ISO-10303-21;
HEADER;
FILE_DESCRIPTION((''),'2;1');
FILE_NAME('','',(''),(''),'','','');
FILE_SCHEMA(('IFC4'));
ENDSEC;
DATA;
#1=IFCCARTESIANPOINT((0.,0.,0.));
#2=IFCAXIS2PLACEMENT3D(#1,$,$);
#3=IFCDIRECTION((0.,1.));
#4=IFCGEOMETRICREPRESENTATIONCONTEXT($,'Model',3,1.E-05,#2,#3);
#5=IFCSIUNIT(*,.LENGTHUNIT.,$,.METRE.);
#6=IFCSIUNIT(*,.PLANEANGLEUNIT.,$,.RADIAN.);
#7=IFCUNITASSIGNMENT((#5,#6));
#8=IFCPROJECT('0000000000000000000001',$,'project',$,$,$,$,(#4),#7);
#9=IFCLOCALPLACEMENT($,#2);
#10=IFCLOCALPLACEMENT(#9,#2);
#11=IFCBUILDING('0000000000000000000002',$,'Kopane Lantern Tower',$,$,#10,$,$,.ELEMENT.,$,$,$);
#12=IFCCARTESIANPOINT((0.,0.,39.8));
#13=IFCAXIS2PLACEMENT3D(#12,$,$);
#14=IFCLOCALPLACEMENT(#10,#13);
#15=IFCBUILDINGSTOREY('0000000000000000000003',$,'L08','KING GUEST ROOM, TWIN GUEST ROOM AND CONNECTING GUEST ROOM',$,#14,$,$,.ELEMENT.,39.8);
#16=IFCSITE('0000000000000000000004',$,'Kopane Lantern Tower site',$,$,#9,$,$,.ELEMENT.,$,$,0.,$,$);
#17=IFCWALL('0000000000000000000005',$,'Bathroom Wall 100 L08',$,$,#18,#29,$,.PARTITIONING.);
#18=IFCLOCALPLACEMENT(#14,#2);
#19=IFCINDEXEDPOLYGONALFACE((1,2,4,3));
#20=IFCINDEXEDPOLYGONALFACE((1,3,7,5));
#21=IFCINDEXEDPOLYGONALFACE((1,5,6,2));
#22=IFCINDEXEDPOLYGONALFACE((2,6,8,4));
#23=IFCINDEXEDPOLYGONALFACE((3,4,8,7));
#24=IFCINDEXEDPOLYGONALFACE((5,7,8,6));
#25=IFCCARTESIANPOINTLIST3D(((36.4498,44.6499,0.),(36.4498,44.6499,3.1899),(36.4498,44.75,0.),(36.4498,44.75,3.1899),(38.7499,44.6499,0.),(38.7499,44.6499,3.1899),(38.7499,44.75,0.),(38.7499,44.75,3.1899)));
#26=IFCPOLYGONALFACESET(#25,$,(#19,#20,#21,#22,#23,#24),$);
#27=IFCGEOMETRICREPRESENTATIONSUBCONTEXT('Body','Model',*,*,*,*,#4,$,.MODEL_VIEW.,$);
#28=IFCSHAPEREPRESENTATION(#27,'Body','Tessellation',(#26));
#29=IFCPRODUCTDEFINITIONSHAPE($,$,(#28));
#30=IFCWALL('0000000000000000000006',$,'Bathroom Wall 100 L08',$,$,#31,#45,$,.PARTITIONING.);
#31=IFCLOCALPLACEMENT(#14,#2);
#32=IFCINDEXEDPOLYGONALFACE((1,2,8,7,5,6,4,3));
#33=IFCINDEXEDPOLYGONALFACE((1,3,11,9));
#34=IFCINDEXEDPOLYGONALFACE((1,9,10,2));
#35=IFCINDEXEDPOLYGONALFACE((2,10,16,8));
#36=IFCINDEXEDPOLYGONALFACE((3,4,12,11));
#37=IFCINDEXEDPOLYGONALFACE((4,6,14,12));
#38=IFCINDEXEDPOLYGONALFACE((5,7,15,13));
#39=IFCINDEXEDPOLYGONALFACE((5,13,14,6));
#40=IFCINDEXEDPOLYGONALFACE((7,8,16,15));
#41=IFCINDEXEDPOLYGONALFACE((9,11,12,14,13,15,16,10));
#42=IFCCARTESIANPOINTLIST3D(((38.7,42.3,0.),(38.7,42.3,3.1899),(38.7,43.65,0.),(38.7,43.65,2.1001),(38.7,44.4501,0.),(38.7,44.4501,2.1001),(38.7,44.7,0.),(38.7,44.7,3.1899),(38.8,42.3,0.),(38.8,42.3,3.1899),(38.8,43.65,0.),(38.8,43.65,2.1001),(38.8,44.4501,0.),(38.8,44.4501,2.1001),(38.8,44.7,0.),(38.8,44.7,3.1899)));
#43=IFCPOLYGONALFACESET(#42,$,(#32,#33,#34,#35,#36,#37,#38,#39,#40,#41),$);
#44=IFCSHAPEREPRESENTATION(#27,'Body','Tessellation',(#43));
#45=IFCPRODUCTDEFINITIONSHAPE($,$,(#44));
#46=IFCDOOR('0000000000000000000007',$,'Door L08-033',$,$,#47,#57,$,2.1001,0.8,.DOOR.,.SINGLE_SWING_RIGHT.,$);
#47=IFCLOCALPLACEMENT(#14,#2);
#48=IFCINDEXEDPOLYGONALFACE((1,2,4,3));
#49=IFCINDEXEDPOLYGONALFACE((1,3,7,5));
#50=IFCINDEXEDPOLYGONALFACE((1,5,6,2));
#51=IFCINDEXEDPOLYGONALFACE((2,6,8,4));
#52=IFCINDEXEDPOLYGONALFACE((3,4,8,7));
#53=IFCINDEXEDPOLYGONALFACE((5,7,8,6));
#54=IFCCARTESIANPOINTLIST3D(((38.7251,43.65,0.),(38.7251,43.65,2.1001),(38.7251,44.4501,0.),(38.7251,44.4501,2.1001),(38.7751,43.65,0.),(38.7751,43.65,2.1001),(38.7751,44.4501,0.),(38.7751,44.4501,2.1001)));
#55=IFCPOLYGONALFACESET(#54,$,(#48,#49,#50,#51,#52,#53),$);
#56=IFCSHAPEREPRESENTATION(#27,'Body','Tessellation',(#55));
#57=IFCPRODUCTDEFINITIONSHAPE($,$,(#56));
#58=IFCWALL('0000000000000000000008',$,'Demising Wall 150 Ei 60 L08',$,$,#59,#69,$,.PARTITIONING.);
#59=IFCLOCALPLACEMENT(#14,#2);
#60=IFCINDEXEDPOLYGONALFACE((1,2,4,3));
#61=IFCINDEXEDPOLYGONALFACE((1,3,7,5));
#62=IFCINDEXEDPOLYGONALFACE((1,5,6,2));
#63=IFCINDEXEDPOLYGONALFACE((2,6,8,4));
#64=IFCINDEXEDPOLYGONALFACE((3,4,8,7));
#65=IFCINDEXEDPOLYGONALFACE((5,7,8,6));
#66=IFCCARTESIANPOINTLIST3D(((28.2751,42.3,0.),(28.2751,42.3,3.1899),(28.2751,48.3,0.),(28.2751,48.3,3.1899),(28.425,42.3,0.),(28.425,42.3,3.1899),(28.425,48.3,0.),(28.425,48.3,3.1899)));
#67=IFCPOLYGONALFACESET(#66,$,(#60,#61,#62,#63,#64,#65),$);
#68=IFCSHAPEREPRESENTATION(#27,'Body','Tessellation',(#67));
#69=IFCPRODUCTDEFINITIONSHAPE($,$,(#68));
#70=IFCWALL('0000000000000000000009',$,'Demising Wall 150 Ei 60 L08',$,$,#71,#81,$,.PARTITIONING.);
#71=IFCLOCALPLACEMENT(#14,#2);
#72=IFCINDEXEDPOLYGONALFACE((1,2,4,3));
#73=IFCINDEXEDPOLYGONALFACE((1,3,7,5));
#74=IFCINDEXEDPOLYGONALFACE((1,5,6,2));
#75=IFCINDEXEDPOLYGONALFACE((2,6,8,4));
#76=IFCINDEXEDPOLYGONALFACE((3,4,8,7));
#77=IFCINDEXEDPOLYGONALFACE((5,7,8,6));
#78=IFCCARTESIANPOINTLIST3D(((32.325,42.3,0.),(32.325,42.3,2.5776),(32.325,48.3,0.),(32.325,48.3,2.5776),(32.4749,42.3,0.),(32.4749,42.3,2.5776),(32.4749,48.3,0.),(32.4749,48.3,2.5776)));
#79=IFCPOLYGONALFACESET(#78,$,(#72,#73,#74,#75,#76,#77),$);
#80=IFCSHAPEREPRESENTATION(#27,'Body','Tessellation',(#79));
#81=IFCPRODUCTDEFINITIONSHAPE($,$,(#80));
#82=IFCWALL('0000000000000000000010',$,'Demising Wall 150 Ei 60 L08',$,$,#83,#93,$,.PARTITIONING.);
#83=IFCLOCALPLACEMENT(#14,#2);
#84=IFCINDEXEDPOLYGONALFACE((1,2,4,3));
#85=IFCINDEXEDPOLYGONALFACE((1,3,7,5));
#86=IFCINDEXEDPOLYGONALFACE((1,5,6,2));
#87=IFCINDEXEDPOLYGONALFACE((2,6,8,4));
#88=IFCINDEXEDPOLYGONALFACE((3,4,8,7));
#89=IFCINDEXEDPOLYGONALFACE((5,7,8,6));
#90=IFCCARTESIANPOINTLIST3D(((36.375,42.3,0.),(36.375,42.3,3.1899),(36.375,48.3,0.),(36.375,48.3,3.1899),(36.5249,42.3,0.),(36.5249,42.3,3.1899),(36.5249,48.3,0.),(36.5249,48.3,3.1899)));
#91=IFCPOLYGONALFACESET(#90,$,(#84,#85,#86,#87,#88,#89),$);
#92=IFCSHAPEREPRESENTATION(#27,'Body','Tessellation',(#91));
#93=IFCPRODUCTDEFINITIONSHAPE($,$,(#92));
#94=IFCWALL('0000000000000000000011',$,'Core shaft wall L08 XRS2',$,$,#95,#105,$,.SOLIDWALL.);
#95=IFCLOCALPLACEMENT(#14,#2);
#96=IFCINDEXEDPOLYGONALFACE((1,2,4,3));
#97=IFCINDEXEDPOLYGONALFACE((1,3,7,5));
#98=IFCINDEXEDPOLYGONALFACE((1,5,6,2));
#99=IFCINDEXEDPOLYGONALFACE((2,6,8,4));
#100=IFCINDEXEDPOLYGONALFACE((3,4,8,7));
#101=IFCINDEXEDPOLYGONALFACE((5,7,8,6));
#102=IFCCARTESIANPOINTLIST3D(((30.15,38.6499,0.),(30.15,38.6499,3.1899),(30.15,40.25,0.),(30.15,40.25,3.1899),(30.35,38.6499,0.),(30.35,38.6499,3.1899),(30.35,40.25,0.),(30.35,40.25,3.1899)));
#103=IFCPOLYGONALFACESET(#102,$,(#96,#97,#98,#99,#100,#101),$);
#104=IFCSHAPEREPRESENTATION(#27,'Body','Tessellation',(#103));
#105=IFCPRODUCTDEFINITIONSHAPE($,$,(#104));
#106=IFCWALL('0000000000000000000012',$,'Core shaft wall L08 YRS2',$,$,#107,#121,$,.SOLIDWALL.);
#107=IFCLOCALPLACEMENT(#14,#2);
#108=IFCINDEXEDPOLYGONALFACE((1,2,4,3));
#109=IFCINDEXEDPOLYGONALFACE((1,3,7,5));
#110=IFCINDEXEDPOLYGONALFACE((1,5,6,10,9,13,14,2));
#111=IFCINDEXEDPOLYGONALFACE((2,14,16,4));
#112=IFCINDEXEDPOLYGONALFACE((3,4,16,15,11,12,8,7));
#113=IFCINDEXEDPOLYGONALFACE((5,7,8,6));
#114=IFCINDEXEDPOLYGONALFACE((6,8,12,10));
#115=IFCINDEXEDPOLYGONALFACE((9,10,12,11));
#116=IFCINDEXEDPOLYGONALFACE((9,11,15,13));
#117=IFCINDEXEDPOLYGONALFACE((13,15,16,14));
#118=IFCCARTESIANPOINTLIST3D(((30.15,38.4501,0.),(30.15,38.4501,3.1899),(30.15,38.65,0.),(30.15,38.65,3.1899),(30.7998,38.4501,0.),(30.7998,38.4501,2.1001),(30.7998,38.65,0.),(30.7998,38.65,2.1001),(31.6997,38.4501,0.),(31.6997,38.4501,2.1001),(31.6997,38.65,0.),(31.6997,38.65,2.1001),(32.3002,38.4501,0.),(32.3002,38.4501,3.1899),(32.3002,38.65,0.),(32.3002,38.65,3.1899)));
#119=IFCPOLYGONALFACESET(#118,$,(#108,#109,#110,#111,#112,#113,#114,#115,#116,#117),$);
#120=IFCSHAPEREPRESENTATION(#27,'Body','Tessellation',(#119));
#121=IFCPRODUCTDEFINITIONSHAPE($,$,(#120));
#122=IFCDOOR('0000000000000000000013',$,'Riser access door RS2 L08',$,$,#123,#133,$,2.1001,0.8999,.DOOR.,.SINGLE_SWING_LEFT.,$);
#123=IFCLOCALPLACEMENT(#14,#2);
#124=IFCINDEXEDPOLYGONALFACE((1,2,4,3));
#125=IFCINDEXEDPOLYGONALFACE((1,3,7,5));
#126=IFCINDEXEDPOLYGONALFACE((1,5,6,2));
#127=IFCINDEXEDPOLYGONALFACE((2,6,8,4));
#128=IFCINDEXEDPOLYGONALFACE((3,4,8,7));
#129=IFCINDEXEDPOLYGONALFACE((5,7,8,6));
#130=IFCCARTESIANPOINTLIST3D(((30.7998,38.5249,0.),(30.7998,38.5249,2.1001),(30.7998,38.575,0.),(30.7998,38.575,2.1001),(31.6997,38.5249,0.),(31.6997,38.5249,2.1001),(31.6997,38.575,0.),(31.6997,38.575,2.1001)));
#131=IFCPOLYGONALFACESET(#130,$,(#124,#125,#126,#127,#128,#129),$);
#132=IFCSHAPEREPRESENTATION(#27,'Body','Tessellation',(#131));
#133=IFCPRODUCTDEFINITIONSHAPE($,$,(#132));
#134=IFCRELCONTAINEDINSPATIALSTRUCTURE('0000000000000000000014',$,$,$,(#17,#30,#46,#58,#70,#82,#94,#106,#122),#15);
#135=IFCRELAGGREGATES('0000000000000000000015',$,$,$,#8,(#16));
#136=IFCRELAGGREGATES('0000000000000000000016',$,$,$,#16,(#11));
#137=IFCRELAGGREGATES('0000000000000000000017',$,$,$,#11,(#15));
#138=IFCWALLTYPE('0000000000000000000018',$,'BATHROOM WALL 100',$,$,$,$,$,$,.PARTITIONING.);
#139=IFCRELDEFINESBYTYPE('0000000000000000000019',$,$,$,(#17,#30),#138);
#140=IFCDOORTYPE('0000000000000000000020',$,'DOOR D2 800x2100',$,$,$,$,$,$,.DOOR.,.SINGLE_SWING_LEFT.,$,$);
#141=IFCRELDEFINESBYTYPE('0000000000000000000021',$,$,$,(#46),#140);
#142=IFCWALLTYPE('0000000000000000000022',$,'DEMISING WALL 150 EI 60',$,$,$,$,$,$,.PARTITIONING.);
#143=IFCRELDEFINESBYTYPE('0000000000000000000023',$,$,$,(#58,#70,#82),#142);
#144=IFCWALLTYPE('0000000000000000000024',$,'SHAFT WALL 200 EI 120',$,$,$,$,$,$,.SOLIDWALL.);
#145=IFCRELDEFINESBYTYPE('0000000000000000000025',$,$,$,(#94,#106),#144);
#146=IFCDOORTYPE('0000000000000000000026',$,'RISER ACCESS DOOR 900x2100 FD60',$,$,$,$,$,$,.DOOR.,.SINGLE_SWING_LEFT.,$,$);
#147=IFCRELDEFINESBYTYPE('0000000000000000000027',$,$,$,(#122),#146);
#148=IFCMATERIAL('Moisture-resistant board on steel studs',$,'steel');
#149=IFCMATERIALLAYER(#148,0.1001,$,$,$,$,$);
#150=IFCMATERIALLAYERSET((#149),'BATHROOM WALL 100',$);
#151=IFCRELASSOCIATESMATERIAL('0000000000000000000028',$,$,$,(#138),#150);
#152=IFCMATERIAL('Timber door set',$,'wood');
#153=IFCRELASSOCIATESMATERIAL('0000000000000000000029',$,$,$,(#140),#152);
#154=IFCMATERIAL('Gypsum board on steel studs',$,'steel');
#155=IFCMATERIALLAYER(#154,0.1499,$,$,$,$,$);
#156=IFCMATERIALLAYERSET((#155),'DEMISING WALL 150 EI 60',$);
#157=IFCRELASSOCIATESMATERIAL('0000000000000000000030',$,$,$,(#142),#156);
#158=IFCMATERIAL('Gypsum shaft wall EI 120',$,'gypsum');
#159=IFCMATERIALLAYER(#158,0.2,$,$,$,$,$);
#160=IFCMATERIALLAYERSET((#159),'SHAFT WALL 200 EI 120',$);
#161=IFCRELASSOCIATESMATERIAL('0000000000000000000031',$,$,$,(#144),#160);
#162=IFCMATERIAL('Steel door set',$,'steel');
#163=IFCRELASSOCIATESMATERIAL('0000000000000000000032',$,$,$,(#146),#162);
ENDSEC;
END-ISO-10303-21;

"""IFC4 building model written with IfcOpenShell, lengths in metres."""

from ifc_helpers import new_model, si_unit, direction, frame, frame_2d, origin, place, context, subcontext, project, spatial, rectangle, extrude, material, layer, layer_set, type_object, element, fill, save


model = new_model("IFC4")

# Units and contexts
model_context = context("Model", 3, precision=1e-05, world=origin(), true_north=direction((0.0, 1.0)))
body_context = subcontext(model_context, "Body", "Model", "MODEL_VIEW")
ifc_project = project(units=[si_unit("LENGTHUNIT", "METRE"), si_unit("PLANEANGLEUNIT", "RADIAN")], contexts=[model_context])

# Site, building, storey
site_placement = place(None, origin())
site = spatial("IfcSite", under=ifc_project, at=site_placement, Name="Kopane Lantern Tower site", CompositionType="ELEMENT", RefElevation=0.0)
building_placement = place(site_placement, origin())
building = spatial("IfcBuilding", under=site, at=building_placement, Name="Kopane Lantern Tower", CompositionType="ELEMENT")
storey_placement = place(building_placement, frame((0.0, 0.0, 39.8)))
storey = spatial("IfcBuildingStorey", under=building, at=storey_placement, Name="L08", Description="KING GUEST ROOM, TWIN GUEST ROOM AND CONNECTING GUEST ROOM", CompositionType="ELEMENT", Elevation=39.8)

# Shared definitions
ifc_material_1 = material(Name="Moisture-resistant board on steel studs", Category="steel")
ifc_layer_1 = layer(ifc_material_1, 0.1001)
ifc_layer_set_1 = layer_set([ifc_layer_1], Name="BATHROOM WALL 100")
wall_type_1 = type_object("IfcWallType", Name="BATHROOM WALL 100", PredefinedType="PARTITIONING", material=ifc_layer_set_1)
ifc_material_2 = material(Name="Timber door set", Category="wood")
door_type_1 = type_object("IfcDoorType", Name="DOOR D2 800x2100", OperationType="SINGLE_SWING_LEFT", PredefinedType="DOOR", material=ifc_material_2)

# Wall
wall_1_placement = place(storey_placement, frame((36.45, 44.7, 0.0), z_axis=(0.0, 0.0, 1.0), x_axis=(1.0, 0.0, 0.0)))
element("IfcWall", 1, at=wall_1_placement, inside=storey, type_object=wall_type_1, Name="Bathroom Wall 100 L08", PredefinedType="PARTITIONING", context=body_context, shape_type="SweptSolid", body=[
    extrude(rectangle(XDim=2.3, YDim=0.1001, at=frame_2d((1.1499, 0.0))), origin(), (0.0, 0.0, 1.0), 3.1899),
])

# Wall, opening, door
wall_2_placement = place(storey_placement, frame((38.75, 42.3, 0.0), z_axis=(0.0, 0.0, 1.0), x_axis=(0.0, 1.0, 0.0)))
wall_2 = element("IfcWall", 2, at=wall_2_placement, inside=storey, type_object=wall_type_1, Name="Bathroom Wall 100 L08", PredefinedType="PARTITIONING", context=body_context, shape_type="SweptSolid", body=[
    extrude(rectangle(XDim=2.3999, YDim=0.1001, at=frame_2d((1.2, 0.0))), origin(), (0.0, 0.0, 1.0), 3.1899),
])
opening_1_placement = place(wall_2_placement, frame((1.3501, 0.0, 0.0)))
opening_1 = element("IfcOpeningElement", 3, at=opening_1_placement, cuts=wall_2, PredefinedType="OPENING", context=body_context, shape_type="SweptSolid", body=[
    extrude(rectangle(XDim=0.8, YDim=2.1001, at=frame_2d((0.3999, 1.05))), frame((0.0, 0.0601, 0.0), z_axis=(0.0, -1.0, 0.0), x_axis=(1.0, 0.0, 0.0)), (0.0, 0.0, 1.0), 0.1201),
])
door_1_placement = place(opening_1_placement, origin())
door_1 = element("IfcDoor", 4, at=door_1_placement, inside=storey, type_object=door_type_1, Name="Door L08-033", OperationType="SINGLE_SWING_RIGHT", OverallHeight=2.1001, OverallWidth=0.8, PredefinedType="DOOR", context=body_context, shape_type="SweptSolid", body=[
    extrude(rectangle(XDim=0.8, YDim=2.1001, at=frame_2d((0.3999, 1.05))), frame((0.0, 0.0249, 0.0), z_axis=(0.0, -1.0, 0.0), x_axis=(1.0, 0.0, 0.0)), (0.0, 0.0, 1.0), 0.05),
])
fill(opening_1, door_1)

# Walls
ifc_material_3 = material(Name="Gypsum board on steel studs", Category="steel")
ifc_layer_2 = layer(ifc_material_3, 0.1499)
ifc_layer_set_2 = layer_set([ifc_layer_2], Name="DEMISING WALL 150 EI 60")
wall_type_2 = type_object("IfcWallType", Name="DEMISING WALL 150 EI 60", PredefinedType="PARTITIONING", material=ifc_layer_set_2)
wall_3_placement = place(storey_placement, frame((28.3501, 42.3, 0.0), z_axis=(0.0, 0.0, 1.0), x_axis=(0.0, 1.0, 0.0)))
element("IfcWall", 5, at=wall_3_placement, inside=storey, type_object=wall_type_2, Name="Demising Wall 150 Ei 60 L08", PredefinedType="PARTITIONING", context=body_context, shape_type="SweptSolid", body=[
    extrude(rectangle(XDim=6.0, YDim=0.1499, at=frame_2d((3.0, 0.0))), origin(), (0.0, 0.0, 1.0), 3.1899),
])
wall_4_placement = place(storey_placement, frame((32.3999, 42.3, 0.0), z_axis=(0.0, 0.0, 1.0), x_axis=(0.0, 1.0, 0.0)))
element("IfcWall", 6, at=wall_4_placement, inside=storey, type_object=wall_type_2, Name="Demising Wall 150 Ei 60 L08", PredefinedType="PARTITIONING", context=body_context, shape_type="SweptSolid", body=[
    extrude(rectangle(XDim=6.0, YDim=0.1499, at=frame_2d((3.0, 0.0))), origin(), (0.0, 0.0, 1.0), 2.5776),
])
wall_5_placement = place(storey_placement, frame((36.45, 42.3, 0.0), z_axis=(0.0, 0.0, 1.0), x_axis=(0.0, 1.0, 0.0)))
element("IfcWall", 7, at=wall_5_placement, inside=storey, type_object=wall_type_2, Name="Demising Wall 150 Ei 60 L08", PredefinedType="PARTITIONING", context=body_context, shape_type="SweptSolid", body=[
    extrude(rectangle(XDim=6.0, YDim=0.1499, at=frame_2d((3.0, 0.0))), origin(), (0.0, 0.0, 1.0), 3.1899),
])
ifc_material_4 = material(Name="Gypsum shaft wall EI 120", Category="gypsum")
ifc_layer_3 = layer(ifc_material_4, 0.2)
ifc_layer_set_3 = layer_set([ifc_layer_3], Name="SHAFT WALL 200 EI 120")
wall_type_3 = type_object("IfcWallType", Name="SHAFT WALL 200 EI 120", PredefinedType="SOLIDWALL", material=ifc_layer_set_3)
wall_6_placement = place(storey_placement, frame((30.25, 38.6499, 0.0), z_axis=(0.0, 0.0, 1.0), x_axis=(0.0, 1.0, 0.0)))
element("IfcWall", 8, at=wall_6_placement, inside=storey, type_object=wall_type_3, Name="Core shaft wall L08 XRS2", PredefinedType="SOLIDWALL", context=body_context, shape_type="SweptSolid", body=[
    extrude(rectangle(XDim=1.6001, YDim=0.2, at=frame_2d((0.8, 0.0))), origin(), (0.0, 0.0, 1.0), 3.1899),
])

# Wall, opening, door
wall_7_placement = place(storey_placement, frame((30.1499, 38.55, 0.0), z_axis=(0.0, 0.0, 1.0), x_axis=(1.0, 0.0, 0.0)))
wall_7 = element("IfcWall", 9, at=wall_7_placement, inside=storey, type_object=wall_type_3, Name="Core shaft wall L08 YRS2", PredefinedType="SOLIDWALL", context=body_context, shape_type="SweptSolid", body=[
    extrude(rectangle(XDim=2.1501, YDim=0.2, at=frame_2d((1.0752, 0.0))), origin(), (0.0, 0.0, 1.0), 3.1899),
])
opening_2_placement = place(wall_7_placement, frame((0.6499, 0.0, 0.0)))
opening_2 = element("IfcOpeningElement", 10, at=opening_2_placement, cuts=wall_7, PredefinedType="OPENING", context=body_context, shape_type="SweptSolid", body=[
    extrude(rectangle(XDim=0.8999, YDim=2.1001, at=frame_2d((0.45, 1.05))), frame((0.0, 0.1099, 0.0), z_axis=(0.0, -1.0, 0.0), x_axis=(1.0, 0.0, 0.0)), (0.0, 0.0, 1.0), 0.22),
])
ifc_material_5 = material(Name="Steel door set", Category="steel")
door_type_2 = type_object("IfcDoorType", Name="RISER ACCESS DOOR 900x2100 FD60", OperationType="SINGLE_SWING_LEFT", PredefinedType="DOOR", material=ifc_material_5)
door_2_placement = place(opening_2_placement, origin())
door_2 = element("IfcDoor", 11, at=door_2_placement, inside=storey, type_object=door_type_2, Name="Riser access door RS2 L08", OperationType="SINGLE_SWING_LEFT", OverallHeight=2.1001, OverallWidth=0.8999, PredefinedType="DOOR", context=body_context, shape_type="SweptSolid", body=[
    extrude(rectangle(XDim=0.8999, YDim=2.1001, at=frame_2d((0.45, 1.05))), frame((0.0, 0.0249, 0.0), z_axis=(0.0, -1.0, 0.0), x_axis=(1.0, 0.0, 0.0)), (0.0, 0.0, 1.0), 0.05),
])
fill(opening_2, door_2)

save(model, "model.ifc")
